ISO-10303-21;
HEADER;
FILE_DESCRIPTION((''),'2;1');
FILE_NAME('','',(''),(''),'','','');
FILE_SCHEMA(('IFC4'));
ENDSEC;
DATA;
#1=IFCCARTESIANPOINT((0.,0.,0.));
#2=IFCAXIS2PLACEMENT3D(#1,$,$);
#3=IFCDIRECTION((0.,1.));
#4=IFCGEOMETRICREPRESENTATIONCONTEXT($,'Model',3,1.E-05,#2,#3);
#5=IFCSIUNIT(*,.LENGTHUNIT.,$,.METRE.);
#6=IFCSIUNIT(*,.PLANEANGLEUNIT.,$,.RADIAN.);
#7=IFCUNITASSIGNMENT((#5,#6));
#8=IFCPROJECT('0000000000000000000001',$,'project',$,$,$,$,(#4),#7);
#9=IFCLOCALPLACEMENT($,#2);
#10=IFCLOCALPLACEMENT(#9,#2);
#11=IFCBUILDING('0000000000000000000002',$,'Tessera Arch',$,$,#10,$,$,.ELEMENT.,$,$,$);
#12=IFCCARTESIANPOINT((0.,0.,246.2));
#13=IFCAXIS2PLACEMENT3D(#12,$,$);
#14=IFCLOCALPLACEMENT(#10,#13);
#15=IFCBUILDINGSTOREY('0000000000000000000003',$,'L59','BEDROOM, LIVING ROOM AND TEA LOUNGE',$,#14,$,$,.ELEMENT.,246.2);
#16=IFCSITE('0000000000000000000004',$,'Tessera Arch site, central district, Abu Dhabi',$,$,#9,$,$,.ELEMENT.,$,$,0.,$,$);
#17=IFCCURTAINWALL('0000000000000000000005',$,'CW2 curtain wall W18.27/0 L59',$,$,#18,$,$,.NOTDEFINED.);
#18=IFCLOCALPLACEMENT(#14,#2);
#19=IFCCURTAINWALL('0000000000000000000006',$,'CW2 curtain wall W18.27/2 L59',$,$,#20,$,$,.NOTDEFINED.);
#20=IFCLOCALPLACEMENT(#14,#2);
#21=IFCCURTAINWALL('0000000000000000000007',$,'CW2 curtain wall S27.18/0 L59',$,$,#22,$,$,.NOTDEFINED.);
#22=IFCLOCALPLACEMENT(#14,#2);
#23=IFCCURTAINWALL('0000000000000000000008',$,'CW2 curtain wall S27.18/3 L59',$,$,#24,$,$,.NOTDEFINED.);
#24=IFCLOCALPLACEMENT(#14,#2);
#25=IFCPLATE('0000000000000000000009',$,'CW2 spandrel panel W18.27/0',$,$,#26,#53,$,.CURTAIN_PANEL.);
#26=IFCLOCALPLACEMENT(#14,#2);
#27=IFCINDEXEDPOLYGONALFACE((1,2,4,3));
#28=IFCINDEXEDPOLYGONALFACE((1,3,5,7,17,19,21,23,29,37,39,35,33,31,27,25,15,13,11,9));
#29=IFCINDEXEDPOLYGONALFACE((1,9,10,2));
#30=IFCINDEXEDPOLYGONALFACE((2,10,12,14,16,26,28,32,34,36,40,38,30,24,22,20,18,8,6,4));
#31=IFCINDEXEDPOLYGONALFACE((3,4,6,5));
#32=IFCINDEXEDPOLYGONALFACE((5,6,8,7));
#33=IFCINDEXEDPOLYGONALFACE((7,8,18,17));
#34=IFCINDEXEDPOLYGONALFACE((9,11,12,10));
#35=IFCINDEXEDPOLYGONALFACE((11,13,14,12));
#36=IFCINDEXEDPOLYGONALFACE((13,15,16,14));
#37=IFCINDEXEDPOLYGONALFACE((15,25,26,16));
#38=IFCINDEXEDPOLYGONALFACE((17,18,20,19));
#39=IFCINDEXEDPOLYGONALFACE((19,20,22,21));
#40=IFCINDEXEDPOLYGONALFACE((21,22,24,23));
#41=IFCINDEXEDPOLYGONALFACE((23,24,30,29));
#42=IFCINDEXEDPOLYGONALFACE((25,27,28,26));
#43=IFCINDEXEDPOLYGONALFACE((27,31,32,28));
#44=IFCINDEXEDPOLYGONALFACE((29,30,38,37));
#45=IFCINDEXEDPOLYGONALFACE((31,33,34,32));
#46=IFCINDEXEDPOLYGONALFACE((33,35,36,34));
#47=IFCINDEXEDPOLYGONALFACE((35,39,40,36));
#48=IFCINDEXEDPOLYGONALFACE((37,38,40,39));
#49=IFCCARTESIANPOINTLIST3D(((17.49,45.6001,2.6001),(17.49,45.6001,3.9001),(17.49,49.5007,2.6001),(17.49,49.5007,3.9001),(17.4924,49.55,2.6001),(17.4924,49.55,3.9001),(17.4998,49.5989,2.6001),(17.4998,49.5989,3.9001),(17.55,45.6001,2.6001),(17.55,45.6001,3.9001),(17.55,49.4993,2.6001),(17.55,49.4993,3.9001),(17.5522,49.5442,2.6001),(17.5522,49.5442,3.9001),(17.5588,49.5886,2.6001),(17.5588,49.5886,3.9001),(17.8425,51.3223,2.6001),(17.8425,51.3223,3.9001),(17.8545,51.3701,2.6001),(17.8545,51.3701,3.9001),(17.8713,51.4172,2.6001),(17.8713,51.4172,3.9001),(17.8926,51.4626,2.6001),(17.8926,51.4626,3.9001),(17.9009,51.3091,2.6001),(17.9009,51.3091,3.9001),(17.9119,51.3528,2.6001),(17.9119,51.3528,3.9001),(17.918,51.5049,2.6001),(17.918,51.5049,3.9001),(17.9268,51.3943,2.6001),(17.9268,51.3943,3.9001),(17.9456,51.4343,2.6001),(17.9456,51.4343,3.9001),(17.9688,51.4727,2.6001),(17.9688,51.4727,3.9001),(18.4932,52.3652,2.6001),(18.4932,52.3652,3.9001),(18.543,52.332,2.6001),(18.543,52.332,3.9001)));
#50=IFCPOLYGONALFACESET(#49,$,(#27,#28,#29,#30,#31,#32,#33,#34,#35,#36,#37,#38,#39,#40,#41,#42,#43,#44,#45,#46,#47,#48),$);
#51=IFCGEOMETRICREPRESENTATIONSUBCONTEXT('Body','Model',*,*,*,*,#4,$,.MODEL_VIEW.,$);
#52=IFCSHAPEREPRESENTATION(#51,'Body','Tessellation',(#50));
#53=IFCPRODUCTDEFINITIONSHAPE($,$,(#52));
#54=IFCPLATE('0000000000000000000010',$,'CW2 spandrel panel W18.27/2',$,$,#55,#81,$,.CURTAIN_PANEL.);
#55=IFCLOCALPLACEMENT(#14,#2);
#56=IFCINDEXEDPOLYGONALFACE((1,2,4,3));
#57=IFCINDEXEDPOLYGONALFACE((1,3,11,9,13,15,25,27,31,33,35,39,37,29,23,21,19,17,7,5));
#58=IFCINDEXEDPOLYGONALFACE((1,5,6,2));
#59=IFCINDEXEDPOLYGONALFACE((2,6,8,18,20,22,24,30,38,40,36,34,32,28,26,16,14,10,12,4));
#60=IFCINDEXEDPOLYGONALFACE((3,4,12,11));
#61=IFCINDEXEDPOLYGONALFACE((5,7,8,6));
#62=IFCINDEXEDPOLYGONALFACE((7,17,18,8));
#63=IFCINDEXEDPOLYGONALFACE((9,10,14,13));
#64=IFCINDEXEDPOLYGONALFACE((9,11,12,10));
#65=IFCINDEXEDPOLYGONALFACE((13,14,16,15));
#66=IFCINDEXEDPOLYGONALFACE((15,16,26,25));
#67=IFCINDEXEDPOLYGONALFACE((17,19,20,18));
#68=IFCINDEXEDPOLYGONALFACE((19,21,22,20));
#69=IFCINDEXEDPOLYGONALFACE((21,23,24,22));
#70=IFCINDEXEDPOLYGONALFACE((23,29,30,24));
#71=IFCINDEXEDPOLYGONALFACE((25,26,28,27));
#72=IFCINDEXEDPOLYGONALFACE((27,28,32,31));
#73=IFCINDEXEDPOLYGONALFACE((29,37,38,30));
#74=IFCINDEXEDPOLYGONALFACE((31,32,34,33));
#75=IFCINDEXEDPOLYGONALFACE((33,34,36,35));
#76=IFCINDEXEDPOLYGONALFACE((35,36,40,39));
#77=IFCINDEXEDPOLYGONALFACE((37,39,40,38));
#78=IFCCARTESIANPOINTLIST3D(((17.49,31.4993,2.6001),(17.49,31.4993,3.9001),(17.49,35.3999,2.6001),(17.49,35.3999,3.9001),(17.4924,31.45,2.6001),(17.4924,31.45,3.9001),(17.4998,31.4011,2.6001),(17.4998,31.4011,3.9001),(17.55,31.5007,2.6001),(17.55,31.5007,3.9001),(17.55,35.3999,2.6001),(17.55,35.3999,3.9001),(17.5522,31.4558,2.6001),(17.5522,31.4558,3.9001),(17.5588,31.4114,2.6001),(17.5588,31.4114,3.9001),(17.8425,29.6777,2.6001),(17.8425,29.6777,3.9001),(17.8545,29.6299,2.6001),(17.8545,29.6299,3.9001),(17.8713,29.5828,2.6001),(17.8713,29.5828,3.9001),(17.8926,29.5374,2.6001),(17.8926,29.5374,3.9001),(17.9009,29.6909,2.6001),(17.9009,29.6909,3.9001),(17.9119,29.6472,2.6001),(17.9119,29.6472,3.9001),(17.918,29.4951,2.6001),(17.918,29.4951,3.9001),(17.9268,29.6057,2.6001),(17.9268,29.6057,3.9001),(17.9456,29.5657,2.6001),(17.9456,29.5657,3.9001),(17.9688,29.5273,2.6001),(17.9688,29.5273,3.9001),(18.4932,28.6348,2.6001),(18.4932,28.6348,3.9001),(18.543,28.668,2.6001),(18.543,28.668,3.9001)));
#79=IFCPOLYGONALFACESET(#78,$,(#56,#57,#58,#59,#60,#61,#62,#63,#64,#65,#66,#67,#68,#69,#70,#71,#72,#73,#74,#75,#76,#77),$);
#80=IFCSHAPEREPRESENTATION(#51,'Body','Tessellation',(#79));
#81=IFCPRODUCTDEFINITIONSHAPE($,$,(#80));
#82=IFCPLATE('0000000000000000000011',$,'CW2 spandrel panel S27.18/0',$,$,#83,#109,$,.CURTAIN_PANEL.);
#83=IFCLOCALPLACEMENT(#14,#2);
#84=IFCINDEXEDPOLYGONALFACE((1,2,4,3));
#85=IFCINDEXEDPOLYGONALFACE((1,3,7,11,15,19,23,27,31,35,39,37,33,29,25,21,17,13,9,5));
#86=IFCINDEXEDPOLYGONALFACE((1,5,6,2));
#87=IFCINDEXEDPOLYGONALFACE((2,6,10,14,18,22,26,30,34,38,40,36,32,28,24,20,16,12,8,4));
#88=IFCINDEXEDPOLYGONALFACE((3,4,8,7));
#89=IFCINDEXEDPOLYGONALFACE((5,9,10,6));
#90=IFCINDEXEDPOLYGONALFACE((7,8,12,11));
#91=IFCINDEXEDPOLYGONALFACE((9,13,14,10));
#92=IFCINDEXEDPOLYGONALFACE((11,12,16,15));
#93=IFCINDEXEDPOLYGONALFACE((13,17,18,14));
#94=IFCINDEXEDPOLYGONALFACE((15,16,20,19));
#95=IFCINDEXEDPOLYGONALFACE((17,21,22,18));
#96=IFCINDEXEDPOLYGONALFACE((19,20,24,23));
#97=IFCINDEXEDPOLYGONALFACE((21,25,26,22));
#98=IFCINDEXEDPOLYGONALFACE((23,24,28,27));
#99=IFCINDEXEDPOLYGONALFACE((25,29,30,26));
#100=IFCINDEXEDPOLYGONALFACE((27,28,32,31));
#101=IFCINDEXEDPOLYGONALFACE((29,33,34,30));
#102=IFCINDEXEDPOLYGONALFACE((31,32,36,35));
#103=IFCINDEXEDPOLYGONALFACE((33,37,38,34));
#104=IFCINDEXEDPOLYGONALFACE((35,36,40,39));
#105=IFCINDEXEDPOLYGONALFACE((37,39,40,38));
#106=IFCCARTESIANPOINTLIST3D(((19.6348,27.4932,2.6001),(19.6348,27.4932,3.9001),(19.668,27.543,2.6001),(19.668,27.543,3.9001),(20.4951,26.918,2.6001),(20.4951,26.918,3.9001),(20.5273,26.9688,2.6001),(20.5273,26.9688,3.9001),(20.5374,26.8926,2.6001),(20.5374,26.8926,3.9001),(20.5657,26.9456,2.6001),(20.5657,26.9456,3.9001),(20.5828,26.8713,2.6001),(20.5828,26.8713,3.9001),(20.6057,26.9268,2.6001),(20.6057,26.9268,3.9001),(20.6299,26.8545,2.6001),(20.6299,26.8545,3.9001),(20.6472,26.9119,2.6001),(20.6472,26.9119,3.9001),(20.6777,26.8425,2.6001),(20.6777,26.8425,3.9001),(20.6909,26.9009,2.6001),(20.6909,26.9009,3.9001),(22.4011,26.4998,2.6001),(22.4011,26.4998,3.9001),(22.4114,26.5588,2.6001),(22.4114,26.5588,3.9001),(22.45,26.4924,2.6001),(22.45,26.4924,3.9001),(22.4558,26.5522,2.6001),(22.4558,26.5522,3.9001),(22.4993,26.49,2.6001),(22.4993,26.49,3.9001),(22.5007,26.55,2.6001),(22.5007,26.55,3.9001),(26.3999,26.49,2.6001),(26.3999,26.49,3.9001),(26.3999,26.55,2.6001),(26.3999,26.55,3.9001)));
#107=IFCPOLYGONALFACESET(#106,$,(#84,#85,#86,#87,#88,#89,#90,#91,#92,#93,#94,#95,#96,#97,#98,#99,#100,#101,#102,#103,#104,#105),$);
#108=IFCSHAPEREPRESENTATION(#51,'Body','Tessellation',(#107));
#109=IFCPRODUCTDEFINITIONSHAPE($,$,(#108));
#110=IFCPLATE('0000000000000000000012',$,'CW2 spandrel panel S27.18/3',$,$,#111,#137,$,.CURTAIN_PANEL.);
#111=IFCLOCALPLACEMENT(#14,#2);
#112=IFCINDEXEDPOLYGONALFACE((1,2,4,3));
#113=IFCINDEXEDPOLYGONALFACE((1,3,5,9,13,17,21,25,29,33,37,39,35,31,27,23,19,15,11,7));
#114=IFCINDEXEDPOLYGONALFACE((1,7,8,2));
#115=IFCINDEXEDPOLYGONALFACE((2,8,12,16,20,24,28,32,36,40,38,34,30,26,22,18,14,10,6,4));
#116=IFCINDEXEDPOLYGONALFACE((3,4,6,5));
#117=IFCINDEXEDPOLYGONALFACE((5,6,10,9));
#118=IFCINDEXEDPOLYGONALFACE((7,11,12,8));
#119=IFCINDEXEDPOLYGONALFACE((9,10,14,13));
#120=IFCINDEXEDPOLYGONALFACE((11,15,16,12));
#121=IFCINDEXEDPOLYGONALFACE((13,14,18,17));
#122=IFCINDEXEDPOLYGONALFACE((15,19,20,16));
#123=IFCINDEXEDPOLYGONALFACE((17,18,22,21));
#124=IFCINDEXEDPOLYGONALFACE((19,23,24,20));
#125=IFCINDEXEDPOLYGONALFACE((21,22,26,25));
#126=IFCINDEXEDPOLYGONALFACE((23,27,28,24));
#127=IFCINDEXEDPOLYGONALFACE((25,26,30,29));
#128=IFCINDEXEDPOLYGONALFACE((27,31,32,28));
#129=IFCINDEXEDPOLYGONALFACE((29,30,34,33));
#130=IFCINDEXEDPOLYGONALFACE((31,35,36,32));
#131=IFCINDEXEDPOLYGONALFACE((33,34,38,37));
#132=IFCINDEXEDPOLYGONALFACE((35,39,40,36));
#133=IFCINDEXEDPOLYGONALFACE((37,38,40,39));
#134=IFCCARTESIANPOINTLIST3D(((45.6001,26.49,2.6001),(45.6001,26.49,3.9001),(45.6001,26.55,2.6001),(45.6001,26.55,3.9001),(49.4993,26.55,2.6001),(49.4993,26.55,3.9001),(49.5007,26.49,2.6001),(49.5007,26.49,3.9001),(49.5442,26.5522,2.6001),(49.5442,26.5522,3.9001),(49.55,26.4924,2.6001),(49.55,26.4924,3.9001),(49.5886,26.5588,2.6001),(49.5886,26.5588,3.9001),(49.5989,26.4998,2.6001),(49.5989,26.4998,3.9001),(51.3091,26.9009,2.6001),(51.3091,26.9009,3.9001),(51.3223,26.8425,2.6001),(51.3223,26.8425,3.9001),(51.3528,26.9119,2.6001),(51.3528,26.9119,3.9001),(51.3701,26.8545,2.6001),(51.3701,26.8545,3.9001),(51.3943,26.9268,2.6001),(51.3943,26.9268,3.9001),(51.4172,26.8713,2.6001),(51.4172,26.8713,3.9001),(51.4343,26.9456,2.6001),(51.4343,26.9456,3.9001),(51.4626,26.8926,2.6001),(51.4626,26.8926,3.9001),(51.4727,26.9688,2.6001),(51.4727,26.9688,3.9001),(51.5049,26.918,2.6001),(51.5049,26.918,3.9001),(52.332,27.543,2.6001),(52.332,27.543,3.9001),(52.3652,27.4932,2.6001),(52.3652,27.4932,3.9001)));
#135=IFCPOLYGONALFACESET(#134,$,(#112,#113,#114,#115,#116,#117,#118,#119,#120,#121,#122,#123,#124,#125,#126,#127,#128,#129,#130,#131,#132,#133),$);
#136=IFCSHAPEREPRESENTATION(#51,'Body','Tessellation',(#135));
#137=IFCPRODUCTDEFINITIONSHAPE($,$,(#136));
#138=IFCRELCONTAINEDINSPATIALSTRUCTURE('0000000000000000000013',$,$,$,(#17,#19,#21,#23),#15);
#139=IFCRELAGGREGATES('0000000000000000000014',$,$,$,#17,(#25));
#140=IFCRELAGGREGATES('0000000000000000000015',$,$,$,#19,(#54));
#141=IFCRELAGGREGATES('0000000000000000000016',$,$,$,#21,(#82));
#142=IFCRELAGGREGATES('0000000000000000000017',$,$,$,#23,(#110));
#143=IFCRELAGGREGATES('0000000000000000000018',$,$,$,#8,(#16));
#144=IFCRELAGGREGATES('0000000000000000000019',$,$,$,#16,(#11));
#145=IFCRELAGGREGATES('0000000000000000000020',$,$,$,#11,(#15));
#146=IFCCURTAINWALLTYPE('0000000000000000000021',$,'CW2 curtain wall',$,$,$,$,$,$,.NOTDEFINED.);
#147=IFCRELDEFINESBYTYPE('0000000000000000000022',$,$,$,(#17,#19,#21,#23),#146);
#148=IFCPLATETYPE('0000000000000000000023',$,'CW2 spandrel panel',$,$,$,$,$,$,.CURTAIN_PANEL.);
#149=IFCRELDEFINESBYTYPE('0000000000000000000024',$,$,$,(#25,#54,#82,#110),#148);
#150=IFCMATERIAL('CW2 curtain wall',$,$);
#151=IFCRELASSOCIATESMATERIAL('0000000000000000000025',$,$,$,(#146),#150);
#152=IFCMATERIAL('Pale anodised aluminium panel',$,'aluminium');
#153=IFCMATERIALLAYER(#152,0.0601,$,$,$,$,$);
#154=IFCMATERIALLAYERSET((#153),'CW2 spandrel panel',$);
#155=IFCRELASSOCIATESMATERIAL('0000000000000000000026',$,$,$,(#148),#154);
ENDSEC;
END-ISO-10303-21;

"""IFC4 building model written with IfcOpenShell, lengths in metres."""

from ifc_helpers import new_model, si_unit, direction, frame, origin, place, context, subcontext, project, spatial, polyline, outline, extrude, material, layer, layer_set, type_object, element, aggregate, save


model = new_model("IFC4")

# Units and contexts
model_context = context("Model", 3, precision=1e-05, world=origin(), true_north=direction((0.0, 1.0)))
body_context = subcontext(model_context, "Body", "Model", "MODEL_VIEW")
ifc_project = project(units=[si_unit("LENGTHUNIT", "METRE"), si_unit("PLANEANGLEUNIT", "RADIAN")], contexts=[model_context])

# Site, building, storey
site_placement = place(None, origin())
site = spatial("IfcSite", under=ifc_project, at=site_placement, Name="Tessera Arch site, central district, Abu Dhabi", CompositionType="ELEMENT", RefElevation=0.0)
building_placement = place(site_placement, origin())
building = spatial("IfcBuilding", under=site, at=building_placement, Name="Tessera Arch", CompositionType="ELEMENT")
storey_placement = place(building_placement, frame((0.0, 0.0, 246.2)))
storey = spatial("IfcBuildingStorey", under=building, at=storey_placement, Name="L59", Description="BEDROOM, LIVING ROOM AND TEA LOUNGE", CompositionType="ELEMENT", Elevation=246.2)

# Curtain walls
ifc_material_1 = material(Name="CW2 curtain wall")
curtain_wall_type = type_object("IfcCurtainWallType", Name="CW2 curtain wall", PredefinedType="NOTDEFINED", material=ifc_material_1)
curtain_wall_1_placement = place(storey_placement, origin())
curtain_wall_1 = element("IfcCurtainWall", 1, at=curtain_wall_1_placement, inside=storey, type_object=curtain_wall_type, Name="CW2 curtain wall W18.27/0 L59", PredefinedType="NOTDEFINED")
curtain_wall_2_placement = place(storey_placement, origin())
curtain_wall_2 = element("IfcCurtainWall", 2, at=curtain_wall_2_placement, inside=storey, type_object=curtain_wall_type, Name="CW2 curtain wall W18.27/2 L59", PredefinedType="NOTDEFINED")
curtain_wall_3_placement = place(storey_placement, origin())
curtain_wall_3 = element("IfcCurtainWall", 3, at=curtain_wall_3_placement, inside=storey, type_object=curtain_wall_type, Name="CW2 curtain wall S27.18/0 L59", PredefinedType="NOTDEFINED")
curtain_wall_4_placement = place(storey_placement, origin())
curtain_wall_4 = element("IfcCurtainWall", 4, at=curtain_wall_4_placement, inside=storey, type_object=curtain_wall_type, Name="CW2 curtain wall S27.18/3 L59", PredefinedType="NOTDEFINED")

# Plates
ifc_material_2 = material(Name="Pale anodised aluminium panel", Category="aluminium")
ifc_layer_1 = layer(ifc_material_2, 0.0601)
ifc_layer_set_1 = layer_set([ifc_layer_1], Name="CW2 spandrel panel")
plate_type_1 = type_object("IfcPlateType", Name="CW2 spandrel panel", PredefinedType="CURTAIN_PANEL", material=ifc_layer_set_1)
plate_1_placement = place(storey_placement, frame((0.0, 0.0, 2.6001)))
plate_1 = element("IfcPlate", 5, at=plate_1_placement, type_object=plate_type_1, Name="CW2 spandrel panel W18.27/0", PredefinedType="CURTAIN_PANEL", context=body_context, shape_type="SweptSolid", body=[
    extrude(outline(polyline([(17.9688, 51.4727), (18.543, 52.332), (18.4932, 52.3652), (17.918, 51.5049), (17.8926, 51.4626), (17.8713, 51.4172), (17.8545, 51.3701), (17.8425, 51.3223), (17.4998, 49.5989), (17.4924, 49.55), (17.49, 49.5007), (17.49, 45.6001), (17.55, 45.6001), (17.55, 49.4993), (17.5522, 49.5442), (17.5588, 49.5886), (17.9009, 51.3091), (17.9119, 51.3528), (17.9268, 51.3943), (17.9456, 51.4343), (17.9688, 51.4727)])), origin(), (0.0, 0.0, 1.0), 1.3),
])
aggregate(curtain_wall_1, [plate_1])
plate_2_placement = place(storey_placement, frame((0.0, 0.0, 2.6001)))
plate_2 = element("IfcPlate", 6, at=plate_2_placement, type_object=plate_type_1, Name="CW2 spandrel panel W18.27/2", PredefinedType="CURTAIN_PANEL", context=body_context, shape_type="SweptSolid", body=[
    extrude(outline(polyline([(17.55, 31.5007), (17.55, 35.3999), (17.49, 35.3999), (17.49, 31.4993), (17.4924, 31.45), (17.4998, 31.4011), (17.8425, 29.6777), (17.8545, 29.6299), (17.8713, 29.5828), (17.8926, 29.5374), (17.918, 29.4951), (18.4932, 28.6348), (18.543, 28.668), (17.9688, 29.5273), (17.9456, 29.5657), (17.9268, 29.6057), (17.9119, 29.6472), (17.9009, 29.6909), (17.5588, 31.4114), (17.5522, 31.4558), (17.55, 31.5007)])), origin(), (0.0, 0.0, 1.0), 1.3),
])
aggregate(curtain_wall_2, [plate_2])
plate_3_placement = place(storey_placement, frame((0.0, 0.0, 2.6001)))
plate_3 = element("IfcPlate", 7, at=plate_3_placement, type_object=plate_type_1, Name="CW2 spandrel panel S27.18/0", PredefinedType="CURTAIN_PANEL", context=body_context, shape_type="SweptSolid", body=[
    extrude(outline(polyline([(20.5273, 26.9688), (19.668, 27.543), (19.6348, 27.4932), (20.4951, 26.918), (20.5374, 26.8926), (20.5828, 26.8713), (20.6299, 26.8545), (20.6777, 26.8425), (22.4011, 26.4998), (22.45, 26.4924), (22.4993, 26.49), (26.3999, 26.49), (26.3999, 26.55), (22.5007, 26.55), (22.4558, 26.5522), (22.4114, 26.5588), (20.6909, 26.9009), (20.6472, 26.9119), (20.6057, 26.9268), (20.5657, 26.9456), (20.5273, 26.9688)])), origin(), (0.0, 0.0, 1.0), 1.3),
])
aggregate(curtain_wall_3, [plate_3])
plate_4_placement = place(storey_placement, frame((0.0, 0.0, 2.6001)))
plate_4 = element("IfcPlate", 8, at=plate_4_placement, type_object=plate_type_1, Name="CW2 spandrel panel S27.18/3", PredefinedType="CURTAIN_PANEL", context=body_context, shape_type="SweptSolid", body=[
    extrude(outline(polyline([(49.4993, 26.55), (45.6001, 26.55), (45.6001, 26.49), (49.5007, 26.49), (49.55, 26.4924), (49.5989, 26.4998), (51.3223, 26.8425), (51.3701, 26.8545), (51.4172, 26.8713), (51.4626, 26.8926), (51.5049, 26.918), (52.3652, 27.4932), (52.332, 27.543), (51.4727, 26.9688), (51.4343, 26.9456), (51.3943, 26.9268), (51.3528, 26.9119), (51.3091, 26.9009), (49.5886, 26.5588), (49.5442, 26.5522), (49.4993, 26.55)])), origin(), (0.0, 0.0, 1.0), 1.3),
])
aggregate(curtain_wall_4, [plate_4])

save(model, "model.ifc")
